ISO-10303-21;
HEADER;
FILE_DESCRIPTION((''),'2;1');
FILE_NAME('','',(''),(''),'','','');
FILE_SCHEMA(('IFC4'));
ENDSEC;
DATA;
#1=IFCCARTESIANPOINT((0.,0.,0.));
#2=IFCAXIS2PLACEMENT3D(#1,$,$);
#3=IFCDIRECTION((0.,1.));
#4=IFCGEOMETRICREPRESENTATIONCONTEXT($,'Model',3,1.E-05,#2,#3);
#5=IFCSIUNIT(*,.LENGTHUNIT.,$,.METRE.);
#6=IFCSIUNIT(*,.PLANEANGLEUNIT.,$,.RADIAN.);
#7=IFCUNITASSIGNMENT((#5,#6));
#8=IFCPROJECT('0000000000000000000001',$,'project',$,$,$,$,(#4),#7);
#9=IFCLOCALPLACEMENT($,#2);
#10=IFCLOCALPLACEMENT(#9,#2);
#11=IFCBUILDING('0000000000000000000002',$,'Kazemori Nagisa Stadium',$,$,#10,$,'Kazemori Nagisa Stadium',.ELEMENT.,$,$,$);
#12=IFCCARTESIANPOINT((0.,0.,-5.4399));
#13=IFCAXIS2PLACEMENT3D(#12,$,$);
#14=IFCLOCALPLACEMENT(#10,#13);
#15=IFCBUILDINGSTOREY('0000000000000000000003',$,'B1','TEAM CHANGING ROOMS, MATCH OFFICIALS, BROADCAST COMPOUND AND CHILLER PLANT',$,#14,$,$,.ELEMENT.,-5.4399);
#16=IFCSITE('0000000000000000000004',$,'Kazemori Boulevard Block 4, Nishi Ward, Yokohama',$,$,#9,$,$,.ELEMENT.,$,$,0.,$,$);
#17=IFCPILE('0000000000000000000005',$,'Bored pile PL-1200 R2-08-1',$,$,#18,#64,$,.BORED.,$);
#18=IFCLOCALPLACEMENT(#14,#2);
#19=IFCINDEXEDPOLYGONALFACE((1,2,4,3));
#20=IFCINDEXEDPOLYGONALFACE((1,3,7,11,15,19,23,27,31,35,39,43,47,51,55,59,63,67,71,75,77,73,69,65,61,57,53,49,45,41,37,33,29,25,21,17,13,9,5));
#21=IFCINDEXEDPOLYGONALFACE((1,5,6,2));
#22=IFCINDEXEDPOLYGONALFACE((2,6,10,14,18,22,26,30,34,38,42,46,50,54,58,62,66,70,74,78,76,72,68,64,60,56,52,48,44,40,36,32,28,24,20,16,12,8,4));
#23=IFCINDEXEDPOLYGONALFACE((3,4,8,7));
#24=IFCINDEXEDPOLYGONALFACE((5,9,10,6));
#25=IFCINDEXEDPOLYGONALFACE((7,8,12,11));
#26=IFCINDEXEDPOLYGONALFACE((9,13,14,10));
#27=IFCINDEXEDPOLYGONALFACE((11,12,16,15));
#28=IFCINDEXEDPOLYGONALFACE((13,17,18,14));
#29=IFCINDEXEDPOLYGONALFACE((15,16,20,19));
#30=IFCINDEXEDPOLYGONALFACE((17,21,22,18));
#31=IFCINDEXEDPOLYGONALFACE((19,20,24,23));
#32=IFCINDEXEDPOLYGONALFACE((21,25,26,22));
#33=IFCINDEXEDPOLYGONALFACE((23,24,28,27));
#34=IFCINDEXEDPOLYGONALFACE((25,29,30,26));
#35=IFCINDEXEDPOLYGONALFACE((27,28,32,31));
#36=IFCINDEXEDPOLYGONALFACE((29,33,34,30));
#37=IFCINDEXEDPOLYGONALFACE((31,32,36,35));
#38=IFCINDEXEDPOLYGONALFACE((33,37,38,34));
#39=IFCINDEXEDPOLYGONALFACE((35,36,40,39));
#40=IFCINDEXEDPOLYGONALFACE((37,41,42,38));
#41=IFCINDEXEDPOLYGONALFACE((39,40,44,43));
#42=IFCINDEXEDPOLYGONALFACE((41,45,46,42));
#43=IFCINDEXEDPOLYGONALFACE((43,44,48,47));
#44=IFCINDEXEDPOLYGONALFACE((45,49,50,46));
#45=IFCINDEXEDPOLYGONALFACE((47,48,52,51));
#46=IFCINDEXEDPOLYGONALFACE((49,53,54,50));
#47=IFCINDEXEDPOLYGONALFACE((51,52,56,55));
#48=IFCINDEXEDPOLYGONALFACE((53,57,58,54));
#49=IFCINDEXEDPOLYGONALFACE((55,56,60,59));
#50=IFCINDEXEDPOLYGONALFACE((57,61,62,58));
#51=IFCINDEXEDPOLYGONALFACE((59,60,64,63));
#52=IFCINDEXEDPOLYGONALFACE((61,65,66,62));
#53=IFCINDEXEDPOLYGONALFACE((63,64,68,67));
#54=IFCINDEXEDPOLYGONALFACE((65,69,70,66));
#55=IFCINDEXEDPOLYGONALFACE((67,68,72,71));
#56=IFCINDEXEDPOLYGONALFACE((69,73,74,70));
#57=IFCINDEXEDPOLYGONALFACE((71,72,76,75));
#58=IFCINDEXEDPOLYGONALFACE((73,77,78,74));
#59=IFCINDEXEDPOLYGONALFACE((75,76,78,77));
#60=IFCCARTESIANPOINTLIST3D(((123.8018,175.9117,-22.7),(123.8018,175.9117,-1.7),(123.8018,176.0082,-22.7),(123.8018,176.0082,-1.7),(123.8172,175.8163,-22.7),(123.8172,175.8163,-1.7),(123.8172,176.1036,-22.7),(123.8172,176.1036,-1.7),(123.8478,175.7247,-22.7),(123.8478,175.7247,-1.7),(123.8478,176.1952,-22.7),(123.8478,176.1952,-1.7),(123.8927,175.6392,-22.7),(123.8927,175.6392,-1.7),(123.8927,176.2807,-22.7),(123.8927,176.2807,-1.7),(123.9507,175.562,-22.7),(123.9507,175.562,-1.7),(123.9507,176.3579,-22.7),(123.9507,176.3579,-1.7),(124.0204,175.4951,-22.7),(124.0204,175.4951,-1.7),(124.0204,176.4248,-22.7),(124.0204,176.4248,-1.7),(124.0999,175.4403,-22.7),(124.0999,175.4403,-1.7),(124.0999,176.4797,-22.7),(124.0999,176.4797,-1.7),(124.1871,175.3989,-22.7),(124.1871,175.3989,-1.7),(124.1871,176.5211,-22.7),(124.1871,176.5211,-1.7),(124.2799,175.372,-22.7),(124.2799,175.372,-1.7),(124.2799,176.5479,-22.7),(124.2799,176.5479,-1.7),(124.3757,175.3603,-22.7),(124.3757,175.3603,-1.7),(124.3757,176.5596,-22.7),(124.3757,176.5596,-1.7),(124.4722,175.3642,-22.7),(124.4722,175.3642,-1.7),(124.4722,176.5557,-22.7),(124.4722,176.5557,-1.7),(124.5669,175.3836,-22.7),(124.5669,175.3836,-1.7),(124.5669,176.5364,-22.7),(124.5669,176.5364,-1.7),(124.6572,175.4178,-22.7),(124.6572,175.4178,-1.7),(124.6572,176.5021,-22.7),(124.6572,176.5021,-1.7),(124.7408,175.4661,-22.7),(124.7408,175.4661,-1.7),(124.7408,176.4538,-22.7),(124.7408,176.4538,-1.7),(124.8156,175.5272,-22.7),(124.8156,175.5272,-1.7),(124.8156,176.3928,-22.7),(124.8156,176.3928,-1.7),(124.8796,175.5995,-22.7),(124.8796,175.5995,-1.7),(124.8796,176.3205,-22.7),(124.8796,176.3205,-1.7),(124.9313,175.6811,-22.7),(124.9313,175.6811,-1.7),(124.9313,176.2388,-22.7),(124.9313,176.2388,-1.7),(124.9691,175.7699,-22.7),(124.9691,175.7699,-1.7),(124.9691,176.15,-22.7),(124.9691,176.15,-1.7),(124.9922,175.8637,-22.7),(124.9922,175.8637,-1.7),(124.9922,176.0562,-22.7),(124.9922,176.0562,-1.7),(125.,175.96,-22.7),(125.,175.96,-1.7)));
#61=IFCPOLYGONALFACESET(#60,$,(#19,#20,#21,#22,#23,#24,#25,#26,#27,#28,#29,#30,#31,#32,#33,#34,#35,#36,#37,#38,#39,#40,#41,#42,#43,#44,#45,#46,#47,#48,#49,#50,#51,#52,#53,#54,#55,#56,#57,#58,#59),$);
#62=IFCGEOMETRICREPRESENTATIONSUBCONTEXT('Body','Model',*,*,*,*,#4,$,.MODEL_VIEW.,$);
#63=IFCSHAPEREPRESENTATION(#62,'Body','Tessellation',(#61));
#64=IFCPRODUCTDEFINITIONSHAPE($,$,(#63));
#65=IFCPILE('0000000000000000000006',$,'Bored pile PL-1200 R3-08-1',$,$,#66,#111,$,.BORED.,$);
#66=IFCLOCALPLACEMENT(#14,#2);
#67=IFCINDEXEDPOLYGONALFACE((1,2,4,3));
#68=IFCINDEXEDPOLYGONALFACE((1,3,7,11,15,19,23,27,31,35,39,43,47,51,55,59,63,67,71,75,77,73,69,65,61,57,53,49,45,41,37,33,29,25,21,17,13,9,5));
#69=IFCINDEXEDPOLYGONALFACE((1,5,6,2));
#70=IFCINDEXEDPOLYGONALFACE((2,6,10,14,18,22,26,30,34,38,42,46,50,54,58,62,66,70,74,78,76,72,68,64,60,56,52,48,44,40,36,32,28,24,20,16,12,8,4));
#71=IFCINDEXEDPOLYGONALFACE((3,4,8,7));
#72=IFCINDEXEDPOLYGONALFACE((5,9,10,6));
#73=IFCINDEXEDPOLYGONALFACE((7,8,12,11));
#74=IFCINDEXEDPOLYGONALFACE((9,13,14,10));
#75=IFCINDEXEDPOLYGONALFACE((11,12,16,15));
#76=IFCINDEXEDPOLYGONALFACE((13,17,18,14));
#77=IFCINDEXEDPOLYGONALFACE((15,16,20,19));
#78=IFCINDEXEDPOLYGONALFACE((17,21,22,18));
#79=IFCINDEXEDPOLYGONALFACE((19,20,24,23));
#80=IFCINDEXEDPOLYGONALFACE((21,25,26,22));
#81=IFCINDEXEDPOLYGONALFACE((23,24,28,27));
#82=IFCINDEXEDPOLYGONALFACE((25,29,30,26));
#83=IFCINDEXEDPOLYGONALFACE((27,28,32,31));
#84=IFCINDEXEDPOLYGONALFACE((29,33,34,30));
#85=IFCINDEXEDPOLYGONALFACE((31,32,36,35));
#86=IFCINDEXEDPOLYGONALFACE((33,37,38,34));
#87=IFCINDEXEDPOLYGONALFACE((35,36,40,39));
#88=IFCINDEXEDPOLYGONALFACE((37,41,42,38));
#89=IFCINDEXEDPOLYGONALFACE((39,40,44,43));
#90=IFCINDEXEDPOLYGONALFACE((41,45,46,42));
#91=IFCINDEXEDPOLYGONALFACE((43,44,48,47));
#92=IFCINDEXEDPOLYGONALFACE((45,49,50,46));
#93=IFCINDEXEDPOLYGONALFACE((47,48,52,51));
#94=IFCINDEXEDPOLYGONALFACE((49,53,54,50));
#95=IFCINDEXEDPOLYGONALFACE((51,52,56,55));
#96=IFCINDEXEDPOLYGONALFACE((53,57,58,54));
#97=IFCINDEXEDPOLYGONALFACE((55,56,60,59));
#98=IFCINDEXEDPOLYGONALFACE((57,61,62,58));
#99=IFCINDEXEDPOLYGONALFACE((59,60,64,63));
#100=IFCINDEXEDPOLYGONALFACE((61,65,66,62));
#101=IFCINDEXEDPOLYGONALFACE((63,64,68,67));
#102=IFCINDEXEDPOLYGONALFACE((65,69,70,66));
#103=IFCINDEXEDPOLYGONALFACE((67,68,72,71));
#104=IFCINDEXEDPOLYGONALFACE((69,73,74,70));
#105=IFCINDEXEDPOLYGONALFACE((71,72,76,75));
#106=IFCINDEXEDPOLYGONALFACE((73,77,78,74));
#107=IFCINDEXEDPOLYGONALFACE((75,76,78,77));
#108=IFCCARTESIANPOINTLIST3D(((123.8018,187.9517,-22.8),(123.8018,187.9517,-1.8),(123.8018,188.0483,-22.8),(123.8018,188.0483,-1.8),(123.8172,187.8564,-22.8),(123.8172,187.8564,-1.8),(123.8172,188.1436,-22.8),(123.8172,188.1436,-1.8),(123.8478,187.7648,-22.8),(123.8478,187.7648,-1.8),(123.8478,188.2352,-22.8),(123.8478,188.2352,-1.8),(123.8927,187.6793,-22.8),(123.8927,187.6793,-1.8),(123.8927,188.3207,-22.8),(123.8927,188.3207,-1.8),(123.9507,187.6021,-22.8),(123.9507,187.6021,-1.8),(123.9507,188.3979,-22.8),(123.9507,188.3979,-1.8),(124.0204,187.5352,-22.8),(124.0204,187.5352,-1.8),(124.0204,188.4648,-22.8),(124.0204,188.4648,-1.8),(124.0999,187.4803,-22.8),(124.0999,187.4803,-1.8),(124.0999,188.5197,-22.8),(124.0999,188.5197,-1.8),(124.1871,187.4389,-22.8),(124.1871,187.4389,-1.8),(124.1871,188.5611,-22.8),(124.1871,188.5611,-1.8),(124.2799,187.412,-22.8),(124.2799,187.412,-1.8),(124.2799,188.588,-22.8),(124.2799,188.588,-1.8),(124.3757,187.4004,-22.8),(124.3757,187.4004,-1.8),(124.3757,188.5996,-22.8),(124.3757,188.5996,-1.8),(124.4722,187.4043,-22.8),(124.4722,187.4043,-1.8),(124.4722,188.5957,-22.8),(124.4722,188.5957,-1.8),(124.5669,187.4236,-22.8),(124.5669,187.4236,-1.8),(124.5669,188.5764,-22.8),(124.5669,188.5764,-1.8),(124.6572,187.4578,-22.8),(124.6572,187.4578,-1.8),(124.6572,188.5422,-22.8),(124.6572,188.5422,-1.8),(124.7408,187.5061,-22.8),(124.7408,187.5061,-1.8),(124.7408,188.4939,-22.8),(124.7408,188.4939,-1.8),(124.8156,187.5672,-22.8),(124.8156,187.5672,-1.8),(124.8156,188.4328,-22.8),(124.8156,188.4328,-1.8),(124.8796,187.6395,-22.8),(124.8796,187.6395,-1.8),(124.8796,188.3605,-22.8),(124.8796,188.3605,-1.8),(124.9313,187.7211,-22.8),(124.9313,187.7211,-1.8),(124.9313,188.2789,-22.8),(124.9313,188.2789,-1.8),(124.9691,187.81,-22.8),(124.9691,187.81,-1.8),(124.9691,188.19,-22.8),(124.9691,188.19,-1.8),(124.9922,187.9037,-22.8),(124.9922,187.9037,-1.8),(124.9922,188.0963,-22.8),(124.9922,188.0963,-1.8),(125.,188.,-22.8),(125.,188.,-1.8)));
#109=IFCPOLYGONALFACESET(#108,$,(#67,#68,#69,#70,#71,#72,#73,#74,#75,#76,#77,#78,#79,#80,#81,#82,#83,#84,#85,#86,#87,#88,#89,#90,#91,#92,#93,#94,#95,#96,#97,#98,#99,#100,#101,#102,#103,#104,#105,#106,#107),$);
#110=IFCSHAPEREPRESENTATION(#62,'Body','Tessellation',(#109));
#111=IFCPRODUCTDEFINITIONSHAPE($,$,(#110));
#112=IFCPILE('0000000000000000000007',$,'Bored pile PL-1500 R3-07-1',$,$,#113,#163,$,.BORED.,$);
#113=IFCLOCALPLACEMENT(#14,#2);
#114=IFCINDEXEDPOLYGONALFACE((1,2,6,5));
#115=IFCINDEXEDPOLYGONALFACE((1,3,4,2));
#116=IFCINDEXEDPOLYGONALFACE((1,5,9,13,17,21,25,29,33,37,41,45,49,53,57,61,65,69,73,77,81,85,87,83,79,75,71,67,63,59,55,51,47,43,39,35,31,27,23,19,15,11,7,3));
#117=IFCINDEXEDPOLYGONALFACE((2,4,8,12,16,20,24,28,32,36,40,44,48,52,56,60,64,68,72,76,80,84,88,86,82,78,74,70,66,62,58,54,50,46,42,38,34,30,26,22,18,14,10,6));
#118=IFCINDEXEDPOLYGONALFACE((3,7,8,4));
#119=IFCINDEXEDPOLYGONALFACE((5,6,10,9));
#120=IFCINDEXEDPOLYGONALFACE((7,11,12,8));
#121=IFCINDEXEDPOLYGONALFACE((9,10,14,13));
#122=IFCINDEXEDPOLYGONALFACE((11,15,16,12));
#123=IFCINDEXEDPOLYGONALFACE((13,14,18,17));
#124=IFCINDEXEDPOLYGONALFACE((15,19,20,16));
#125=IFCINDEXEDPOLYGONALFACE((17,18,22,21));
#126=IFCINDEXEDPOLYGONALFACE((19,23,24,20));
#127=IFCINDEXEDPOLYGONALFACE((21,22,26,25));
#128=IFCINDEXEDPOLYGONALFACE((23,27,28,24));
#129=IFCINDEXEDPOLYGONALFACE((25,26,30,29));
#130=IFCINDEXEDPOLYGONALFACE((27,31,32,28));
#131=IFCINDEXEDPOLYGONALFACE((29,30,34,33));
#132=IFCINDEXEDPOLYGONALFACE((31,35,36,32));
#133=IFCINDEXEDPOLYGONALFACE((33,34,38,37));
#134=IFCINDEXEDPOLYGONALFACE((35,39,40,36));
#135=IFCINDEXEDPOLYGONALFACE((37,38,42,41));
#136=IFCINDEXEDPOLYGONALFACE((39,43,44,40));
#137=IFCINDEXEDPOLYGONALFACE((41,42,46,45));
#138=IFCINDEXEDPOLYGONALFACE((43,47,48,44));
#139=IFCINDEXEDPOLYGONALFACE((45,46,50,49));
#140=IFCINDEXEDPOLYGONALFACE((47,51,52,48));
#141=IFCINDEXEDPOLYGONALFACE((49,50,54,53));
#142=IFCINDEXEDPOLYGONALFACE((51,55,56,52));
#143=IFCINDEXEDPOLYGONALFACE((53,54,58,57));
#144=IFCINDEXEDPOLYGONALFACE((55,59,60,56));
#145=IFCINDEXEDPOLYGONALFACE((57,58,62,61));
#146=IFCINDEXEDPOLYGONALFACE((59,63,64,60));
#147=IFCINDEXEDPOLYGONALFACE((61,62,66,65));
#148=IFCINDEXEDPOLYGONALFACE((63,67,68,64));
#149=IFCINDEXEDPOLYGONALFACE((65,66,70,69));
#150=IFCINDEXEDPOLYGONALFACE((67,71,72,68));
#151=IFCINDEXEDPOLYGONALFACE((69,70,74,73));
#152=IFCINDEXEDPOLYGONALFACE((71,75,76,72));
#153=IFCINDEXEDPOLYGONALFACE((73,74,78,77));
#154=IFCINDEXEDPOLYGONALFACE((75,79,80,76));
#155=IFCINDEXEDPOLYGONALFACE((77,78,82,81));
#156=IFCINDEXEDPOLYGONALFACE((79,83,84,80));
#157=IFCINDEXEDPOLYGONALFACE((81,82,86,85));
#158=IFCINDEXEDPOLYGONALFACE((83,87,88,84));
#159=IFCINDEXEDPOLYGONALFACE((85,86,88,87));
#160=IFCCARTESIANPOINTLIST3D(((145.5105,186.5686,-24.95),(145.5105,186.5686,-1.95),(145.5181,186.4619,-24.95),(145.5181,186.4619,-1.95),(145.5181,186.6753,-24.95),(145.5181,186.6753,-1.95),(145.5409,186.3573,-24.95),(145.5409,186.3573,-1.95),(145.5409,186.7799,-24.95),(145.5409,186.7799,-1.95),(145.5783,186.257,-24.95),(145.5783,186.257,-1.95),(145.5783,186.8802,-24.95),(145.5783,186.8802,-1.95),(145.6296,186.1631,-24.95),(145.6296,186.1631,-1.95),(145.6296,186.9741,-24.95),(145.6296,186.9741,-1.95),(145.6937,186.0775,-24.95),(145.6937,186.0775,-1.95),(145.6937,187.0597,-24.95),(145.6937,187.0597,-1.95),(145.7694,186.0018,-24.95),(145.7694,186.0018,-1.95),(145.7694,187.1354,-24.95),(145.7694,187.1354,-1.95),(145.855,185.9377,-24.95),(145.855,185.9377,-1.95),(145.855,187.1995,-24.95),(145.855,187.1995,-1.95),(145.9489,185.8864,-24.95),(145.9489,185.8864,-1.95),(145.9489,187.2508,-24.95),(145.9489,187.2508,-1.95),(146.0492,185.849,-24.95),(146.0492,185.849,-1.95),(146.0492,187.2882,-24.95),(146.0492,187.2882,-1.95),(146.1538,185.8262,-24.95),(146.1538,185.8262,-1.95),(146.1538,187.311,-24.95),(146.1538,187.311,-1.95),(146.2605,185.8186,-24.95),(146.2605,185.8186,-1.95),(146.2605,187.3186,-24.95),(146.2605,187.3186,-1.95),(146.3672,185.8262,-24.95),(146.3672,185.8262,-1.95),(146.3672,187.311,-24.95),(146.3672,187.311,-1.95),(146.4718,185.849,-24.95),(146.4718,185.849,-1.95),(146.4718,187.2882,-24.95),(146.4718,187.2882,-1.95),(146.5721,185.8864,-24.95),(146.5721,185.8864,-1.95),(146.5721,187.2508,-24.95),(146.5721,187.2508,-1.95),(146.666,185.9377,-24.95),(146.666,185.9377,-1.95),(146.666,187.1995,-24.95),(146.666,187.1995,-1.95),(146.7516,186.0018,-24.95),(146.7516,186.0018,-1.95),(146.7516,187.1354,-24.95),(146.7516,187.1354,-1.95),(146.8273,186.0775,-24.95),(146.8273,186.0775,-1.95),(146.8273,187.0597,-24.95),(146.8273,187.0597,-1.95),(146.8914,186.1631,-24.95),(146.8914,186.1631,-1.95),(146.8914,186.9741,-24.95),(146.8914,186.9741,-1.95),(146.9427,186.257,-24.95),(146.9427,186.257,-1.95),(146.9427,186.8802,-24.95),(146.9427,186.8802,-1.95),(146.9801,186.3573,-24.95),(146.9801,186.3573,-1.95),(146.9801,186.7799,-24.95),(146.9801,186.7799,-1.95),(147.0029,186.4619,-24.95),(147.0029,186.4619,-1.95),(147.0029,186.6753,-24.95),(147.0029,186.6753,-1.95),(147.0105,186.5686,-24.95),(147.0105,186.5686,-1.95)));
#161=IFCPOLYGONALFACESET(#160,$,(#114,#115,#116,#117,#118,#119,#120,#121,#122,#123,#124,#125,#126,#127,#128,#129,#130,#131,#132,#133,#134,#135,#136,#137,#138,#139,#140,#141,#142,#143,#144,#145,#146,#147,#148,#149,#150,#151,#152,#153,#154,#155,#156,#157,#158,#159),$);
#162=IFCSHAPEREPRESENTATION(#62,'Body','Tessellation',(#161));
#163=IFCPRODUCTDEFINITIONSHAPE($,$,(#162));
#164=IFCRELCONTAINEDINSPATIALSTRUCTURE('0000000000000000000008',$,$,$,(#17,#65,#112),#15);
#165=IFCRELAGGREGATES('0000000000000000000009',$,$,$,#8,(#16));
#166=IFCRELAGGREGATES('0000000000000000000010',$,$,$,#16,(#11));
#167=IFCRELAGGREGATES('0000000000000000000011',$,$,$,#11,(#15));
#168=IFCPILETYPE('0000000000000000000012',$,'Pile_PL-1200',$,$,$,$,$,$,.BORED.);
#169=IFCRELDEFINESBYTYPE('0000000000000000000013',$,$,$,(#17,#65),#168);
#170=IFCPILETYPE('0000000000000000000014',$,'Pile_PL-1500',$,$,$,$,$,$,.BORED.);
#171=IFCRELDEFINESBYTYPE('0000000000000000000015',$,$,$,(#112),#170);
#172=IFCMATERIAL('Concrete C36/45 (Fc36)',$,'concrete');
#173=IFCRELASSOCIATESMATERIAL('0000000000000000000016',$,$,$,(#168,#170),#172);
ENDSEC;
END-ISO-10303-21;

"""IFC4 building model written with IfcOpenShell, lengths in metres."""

from ifc_helpers import new_model, si_unit, direction, frame, origin, origin_2d, place, context, subcontext, project, spatial, circle, extrude, material, material_profile, profile_set, type_object, element, save


model = new_model("IFC4")

# Units and contexts
model_context = context("Model", 3, precision=1e-05, world=origin(), true_north=direction((0.0, 1.0)))
body_context = subcontext(model_context, "Body", "Model", "MODEL_VIEW")
ifc_project = project(units=[si_unit("LENGTHUNIT", "METRE"), si_unit("PLANEANGLEUNIT", "RADIAN")], contexts=[model_context])

# Site, building, storey
site_placement = place(None, origin())
site = spatial("IfcSite", under=ifc_project, at=site_placement, Name="Kazemori Boulevard Block 4, Nishi Ward, Yokohama", CompositionType="ELEMENT", RefElevation=0.0)
building_placement = place(site_placement, origin())
building = spatial("IfcBuilding", under=site, at=building_placement, Name="Kazemori Nagisa Stadium", LongName="Kazemori Nagisa Stadium", CompositionType="ELEMENT")
storey_placement = place(building_placement, frame((0.0, 0.0, -5.4399)))
storey = spatial("IfcBuildingStorey", under=building, at=storey_placement, Name="B1", Description="TEAM CHANGING ROOMS, MATCH OFFICIALS, BROADCAST COMPOUND AND CHILLER PLANT", CompositionType="ELEMENT", Elevation=-5.4399)

# Piles
ifc_material_1 = material(Name="Concrete C36/45 (Fc36)", Category="concrete")
ifc_material_profile_1 = material_profile(ifc_material_1, circle(Radius=0.6001, at=origin_2d()), Name="PILE-D1200")
ifc_profile_set_1 = profile_set([ifc_material_profile_1], Name="Concrete C36/45 (Fc36)")
pile_type_1 = type_object("IfcPileType", Name="Pile_PL-1200", PredefinedType="BORED", material=ifc_profile_set_1)
for number, where, z_axis, x_axis, name in (
    (1, (124.3999, 175.96, -1.7), (0.0, 0.0, -1.0), (1.0, 0.0, 0.0), "Bored pile PL-1200 R2-08-1"),
    (2, (124.3999, 188.0, -1.8), (0.0, 0.0, -1.0), (1.0, 0.0, 0.0), "Bored pile PL-1200 R3-08-1"),
):
    element("IfcPile", number, at=place(storey_placement, frame(where, z_axis=z_axis, x_axis=x_axis)), inside=storey, type_object=pile_type_1, Name=name, PredefinedType="BORED", context=body_context, shape_type="SweptSolid", body=[
        extrude(circle(Radius=0.6001, at=origin_2d()), origin(), (0.0, 0.0, 1.0), 21.0),
    ])
ifc_material_profile_2 = material_profile(ifc_material_1, circle(Radius=0.75, at=origin_2d()), Name="PILE-D1500")
ifc_profile_set_2 = profile_set([ifc_material_profile_2], Name="Concrete C36/45 (Fc36)")
pile_type_2 = type_object("IfcPileType", Name="Pile_PL-1500", PredefinedType="BORED", material=ifc_profile_set_2)
for number, where, z_axis, x_axis, name in (
    (3, (146.2605, 186.5686, -1.95), (0.0, 0.0, -1.0), (1.0, 0.0, 0.0), "Bored pile PL-1500 R3-07-1"),
):
    element("IfcPile", number, at=place(storey_placement, frame(where, z_axis=z_axis, x_axis=x_axis)), inside=storey, type_object=pile_type_2, Name=name, PredefinedType="BORED", context=body_context, shape_type="SweptSolid", body=[
        extrude(circle(Radius=0.75, at=origin_2d()), origin(), (0.0, 0.0, 1.0), 23.0),
    ])

save(model, "model.ifc")
